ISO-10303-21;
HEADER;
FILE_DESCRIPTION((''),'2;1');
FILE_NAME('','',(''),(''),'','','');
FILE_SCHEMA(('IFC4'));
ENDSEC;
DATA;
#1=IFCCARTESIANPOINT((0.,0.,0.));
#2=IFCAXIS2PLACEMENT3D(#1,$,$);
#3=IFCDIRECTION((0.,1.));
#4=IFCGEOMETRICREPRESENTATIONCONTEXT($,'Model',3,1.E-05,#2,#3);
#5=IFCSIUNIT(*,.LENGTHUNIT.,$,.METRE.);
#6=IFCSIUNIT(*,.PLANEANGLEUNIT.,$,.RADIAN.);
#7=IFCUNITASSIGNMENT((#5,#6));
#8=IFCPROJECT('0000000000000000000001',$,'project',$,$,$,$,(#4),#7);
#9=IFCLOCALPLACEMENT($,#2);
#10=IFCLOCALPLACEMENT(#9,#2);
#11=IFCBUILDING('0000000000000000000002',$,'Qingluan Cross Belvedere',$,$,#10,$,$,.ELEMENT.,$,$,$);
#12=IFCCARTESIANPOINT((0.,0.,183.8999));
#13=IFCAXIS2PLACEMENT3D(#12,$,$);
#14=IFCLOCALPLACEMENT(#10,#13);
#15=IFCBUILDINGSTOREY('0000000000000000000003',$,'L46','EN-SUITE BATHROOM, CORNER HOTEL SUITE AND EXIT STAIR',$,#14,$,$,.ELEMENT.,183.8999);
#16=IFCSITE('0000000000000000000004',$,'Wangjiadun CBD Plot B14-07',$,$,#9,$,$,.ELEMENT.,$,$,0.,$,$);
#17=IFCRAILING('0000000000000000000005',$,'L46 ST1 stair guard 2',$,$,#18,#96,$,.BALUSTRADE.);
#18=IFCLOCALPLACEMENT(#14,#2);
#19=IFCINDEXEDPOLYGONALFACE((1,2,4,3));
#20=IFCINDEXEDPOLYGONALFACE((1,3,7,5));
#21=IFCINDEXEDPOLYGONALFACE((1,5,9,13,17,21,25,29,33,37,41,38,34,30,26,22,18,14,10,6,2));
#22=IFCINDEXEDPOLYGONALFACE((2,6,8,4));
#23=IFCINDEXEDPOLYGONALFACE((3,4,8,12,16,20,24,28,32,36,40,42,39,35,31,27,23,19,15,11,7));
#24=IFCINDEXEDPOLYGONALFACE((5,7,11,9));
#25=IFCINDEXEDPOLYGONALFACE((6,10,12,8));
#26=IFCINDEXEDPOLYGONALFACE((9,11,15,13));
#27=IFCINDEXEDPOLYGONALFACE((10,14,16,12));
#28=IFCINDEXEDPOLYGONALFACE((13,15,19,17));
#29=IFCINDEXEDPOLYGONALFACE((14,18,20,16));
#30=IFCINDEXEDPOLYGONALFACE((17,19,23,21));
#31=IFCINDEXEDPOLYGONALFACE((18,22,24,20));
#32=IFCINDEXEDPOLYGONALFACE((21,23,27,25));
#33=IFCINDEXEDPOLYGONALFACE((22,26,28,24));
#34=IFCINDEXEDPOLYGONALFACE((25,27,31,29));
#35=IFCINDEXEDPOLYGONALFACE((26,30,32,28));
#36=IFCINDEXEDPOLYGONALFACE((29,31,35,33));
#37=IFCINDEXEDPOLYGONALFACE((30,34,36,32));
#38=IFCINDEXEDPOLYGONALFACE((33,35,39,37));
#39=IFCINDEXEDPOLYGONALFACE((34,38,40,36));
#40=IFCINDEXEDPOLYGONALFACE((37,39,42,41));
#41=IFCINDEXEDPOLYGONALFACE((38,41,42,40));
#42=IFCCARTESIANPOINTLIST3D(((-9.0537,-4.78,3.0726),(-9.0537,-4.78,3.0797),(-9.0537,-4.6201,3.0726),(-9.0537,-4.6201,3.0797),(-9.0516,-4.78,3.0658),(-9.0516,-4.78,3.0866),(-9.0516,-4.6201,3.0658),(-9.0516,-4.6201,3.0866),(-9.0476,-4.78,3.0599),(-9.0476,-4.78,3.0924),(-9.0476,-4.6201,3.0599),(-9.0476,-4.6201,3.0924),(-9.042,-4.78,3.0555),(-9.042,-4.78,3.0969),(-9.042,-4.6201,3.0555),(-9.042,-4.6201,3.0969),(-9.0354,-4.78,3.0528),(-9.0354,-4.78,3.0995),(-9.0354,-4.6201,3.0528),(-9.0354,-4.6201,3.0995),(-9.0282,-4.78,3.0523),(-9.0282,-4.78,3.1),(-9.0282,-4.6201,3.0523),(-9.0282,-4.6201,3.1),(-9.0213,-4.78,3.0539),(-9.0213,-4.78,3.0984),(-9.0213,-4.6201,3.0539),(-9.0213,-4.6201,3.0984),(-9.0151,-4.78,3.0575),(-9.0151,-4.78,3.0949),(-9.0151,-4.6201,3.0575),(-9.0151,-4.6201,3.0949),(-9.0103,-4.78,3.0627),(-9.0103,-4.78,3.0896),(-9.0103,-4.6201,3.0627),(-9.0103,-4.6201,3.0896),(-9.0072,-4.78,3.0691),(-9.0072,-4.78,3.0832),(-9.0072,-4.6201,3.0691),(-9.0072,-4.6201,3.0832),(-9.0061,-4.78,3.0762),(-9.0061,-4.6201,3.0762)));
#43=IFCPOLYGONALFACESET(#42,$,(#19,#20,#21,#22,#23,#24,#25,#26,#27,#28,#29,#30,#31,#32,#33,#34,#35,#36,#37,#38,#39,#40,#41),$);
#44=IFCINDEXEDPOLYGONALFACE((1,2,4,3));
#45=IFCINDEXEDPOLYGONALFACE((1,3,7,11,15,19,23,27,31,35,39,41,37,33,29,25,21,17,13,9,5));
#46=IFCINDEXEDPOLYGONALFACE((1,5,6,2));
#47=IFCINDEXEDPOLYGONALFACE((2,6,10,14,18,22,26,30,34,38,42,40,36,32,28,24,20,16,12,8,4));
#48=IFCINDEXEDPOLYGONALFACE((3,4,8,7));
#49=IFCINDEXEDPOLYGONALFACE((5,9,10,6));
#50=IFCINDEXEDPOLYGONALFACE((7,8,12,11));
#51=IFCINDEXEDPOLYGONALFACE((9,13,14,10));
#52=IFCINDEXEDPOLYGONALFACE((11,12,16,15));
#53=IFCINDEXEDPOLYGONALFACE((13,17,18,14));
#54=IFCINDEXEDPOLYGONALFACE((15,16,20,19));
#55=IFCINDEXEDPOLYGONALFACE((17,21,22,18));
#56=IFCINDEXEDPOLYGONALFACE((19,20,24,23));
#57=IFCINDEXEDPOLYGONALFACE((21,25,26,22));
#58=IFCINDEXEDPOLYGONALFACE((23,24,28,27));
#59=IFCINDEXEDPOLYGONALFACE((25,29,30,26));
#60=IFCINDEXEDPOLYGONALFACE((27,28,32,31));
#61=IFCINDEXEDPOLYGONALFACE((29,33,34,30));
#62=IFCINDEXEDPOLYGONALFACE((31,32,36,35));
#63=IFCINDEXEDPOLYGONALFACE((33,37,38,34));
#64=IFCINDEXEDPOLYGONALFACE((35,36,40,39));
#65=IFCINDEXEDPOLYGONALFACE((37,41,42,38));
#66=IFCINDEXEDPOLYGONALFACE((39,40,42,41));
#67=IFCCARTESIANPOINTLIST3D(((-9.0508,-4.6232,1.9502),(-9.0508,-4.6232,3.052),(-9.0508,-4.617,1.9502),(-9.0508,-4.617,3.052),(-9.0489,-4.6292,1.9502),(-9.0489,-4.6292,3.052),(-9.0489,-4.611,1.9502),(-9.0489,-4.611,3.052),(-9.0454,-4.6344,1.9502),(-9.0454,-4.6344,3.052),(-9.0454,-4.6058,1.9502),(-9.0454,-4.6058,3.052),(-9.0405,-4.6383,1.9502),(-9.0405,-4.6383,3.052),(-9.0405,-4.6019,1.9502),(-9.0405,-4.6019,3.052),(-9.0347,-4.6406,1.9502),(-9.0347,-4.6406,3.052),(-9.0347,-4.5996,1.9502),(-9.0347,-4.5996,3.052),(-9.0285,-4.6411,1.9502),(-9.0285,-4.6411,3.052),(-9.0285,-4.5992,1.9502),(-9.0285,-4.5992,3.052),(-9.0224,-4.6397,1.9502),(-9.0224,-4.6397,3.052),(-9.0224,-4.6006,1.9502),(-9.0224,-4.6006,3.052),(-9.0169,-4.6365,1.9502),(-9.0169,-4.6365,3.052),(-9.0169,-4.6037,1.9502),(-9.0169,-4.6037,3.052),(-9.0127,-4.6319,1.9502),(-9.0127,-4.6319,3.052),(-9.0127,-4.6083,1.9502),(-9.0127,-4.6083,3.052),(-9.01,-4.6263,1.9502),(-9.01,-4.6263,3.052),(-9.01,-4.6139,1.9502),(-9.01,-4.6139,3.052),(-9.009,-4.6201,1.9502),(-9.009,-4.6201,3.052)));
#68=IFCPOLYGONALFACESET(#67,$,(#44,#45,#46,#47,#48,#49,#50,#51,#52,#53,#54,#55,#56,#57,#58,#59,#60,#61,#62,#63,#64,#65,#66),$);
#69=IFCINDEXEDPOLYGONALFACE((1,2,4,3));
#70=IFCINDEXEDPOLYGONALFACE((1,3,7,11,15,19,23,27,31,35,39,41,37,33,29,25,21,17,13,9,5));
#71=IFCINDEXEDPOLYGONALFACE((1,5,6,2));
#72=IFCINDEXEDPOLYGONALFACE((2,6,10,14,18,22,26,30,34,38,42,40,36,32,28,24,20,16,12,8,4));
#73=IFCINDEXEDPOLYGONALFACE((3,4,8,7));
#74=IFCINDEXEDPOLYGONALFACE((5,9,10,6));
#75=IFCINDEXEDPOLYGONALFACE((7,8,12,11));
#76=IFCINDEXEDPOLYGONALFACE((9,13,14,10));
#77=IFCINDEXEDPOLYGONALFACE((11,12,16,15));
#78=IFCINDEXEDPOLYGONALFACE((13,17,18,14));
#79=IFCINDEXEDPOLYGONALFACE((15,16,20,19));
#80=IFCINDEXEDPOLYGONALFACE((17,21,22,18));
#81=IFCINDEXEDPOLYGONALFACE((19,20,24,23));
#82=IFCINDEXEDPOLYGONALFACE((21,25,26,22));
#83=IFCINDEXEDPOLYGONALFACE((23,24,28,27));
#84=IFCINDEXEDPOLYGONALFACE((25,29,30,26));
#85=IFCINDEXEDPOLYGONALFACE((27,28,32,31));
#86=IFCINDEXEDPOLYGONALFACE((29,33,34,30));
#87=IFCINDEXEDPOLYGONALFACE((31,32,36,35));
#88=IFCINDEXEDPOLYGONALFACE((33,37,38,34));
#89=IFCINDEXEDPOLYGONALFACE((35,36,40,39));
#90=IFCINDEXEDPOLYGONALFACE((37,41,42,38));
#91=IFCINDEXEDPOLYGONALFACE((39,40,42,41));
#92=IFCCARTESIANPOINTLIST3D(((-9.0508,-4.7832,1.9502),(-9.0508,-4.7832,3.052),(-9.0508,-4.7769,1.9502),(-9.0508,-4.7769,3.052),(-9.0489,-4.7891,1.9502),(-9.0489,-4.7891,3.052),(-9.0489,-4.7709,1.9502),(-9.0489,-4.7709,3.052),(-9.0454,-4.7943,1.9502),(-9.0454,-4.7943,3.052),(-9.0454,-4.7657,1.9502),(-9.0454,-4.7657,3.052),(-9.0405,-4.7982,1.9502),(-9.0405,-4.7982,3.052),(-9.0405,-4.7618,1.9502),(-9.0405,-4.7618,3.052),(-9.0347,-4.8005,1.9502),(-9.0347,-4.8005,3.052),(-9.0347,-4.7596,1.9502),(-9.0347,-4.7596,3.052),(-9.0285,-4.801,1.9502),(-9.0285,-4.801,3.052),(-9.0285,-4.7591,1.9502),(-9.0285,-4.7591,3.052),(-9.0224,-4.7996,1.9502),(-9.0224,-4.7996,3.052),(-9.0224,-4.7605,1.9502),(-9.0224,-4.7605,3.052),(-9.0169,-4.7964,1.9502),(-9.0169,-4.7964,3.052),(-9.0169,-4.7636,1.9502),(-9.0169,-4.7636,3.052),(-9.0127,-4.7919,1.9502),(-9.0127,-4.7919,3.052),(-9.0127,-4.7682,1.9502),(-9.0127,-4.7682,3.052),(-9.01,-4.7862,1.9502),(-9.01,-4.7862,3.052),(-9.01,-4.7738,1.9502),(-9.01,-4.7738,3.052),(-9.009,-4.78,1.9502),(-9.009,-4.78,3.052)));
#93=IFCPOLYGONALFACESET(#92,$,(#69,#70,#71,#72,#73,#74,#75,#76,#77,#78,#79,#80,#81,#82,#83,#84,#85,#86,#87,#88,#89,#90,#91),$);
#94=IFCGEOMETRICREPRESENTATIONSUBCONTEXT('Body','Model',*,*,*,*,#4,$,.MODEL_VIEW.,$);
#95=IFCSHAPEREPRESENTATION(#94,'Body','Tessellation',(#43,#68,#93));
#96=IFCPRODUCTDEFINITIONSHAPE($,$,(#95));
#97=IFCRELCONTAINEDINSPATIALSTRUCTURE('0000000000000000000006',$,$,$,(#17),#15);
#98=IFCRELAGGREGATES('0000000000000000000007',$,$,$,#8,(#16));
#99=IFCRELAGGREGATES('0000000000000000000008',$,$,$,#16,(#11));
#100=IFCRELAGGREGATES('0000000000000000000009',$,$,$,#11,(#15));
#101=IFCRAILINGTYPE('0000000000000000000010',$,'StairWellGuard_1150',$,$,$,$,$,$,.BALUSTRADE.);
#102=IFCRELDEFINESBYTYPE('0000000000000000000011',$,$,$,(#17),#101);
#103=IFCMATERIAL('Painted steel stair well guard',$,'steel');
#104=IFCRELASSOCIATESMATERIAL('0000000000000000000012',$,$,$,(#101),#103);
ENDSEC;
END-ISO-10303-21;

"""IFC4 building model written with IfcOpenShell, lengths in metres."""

from ifc_helpers import new_model, si_unit, direction, frame, origin, origin_2d, place, context, subcontext, project, spatial, circle, extrude, material, type_object, element, save


model = new_model("IFC4")

# Units and contexts
model_context = context("Model", 3, precision=1e-05, world=origin(), true_north=direction((0.0, 1.0)))
body_context = subcontext(model_context, "Body", "Model", "MODEL_VIEW")
ifc_project = project(units=[si_unit("LENGTHUNIT", "METRE"), si_unit("PLANEANGLEUNIT", "RADIAN")], contexts=[model_context])

# Site, building, storey
site_placement = place(None, origin())
site = spatial("IfcSite", under=ifc_project, at=site_placement, Name="Wangjiadun CBD Plot B14-07", CompositionType="ELEMENT", RefElevation=0.0)
building_placement = place(site_placement, origin())
building = spatial("IfcBuilding", under=site, at=building_placement, Name="Qingluan Cross Belvedere", CompositionType="ELEMENT")
storey_placement = place(building_placement, frame((0.0, 0.0, 183.8999)))
storey = spatial("IfcBuildingStorey", under=building, at=storey_placement, Name="L46", Description="EN-SUITE BATHROOM, CORNER HOTEL SUITE AND EXIT STAIR", CompositionType="ELEMENT", Elevation=183.8999)

# Railing
ifc_material_1 = material(Name="Painted steel stair well guard", Category="steel")
railing_type_1 = type_object("IfcRailingType", Name="StairWellGuard_1150", PredefinedType="BALUSTRADE", material=ifc_material_1)
railing_1_placement = place(storey_placement, frame((-9.03, -4.6201, 1.9502)))
element("IfcRailing", 1, at=railing_1_placement, inside=storey, type_object=railing_type_1, Name="L46 ST1 stair guard 2", PredefinedType="BALUSTRADE", context=body_context, shape_type="SweptSolid", body=[
    extrude(circle(Radius=0.0239, at=origin_2d()), frame((0.0, 0.0, 1.126), z_axis=(0.0, -1.0, 0.0), x_axis=(1.0, 0.0, 0.0)), (0.0, 0.0, 1.0), 0.1599),
    extrude(circle(Radius=0.021, at=origin_2d()), origin(), (0.0, 0.0, 1.0), 1.1018),
    extrude(circle(Radius=0.021, at=origin_2d()), frame((0.0, -0.1599, 0.0)), (0.0, 0.0, 1.0), 1.1018),
])

save(model, "model.ifc")
